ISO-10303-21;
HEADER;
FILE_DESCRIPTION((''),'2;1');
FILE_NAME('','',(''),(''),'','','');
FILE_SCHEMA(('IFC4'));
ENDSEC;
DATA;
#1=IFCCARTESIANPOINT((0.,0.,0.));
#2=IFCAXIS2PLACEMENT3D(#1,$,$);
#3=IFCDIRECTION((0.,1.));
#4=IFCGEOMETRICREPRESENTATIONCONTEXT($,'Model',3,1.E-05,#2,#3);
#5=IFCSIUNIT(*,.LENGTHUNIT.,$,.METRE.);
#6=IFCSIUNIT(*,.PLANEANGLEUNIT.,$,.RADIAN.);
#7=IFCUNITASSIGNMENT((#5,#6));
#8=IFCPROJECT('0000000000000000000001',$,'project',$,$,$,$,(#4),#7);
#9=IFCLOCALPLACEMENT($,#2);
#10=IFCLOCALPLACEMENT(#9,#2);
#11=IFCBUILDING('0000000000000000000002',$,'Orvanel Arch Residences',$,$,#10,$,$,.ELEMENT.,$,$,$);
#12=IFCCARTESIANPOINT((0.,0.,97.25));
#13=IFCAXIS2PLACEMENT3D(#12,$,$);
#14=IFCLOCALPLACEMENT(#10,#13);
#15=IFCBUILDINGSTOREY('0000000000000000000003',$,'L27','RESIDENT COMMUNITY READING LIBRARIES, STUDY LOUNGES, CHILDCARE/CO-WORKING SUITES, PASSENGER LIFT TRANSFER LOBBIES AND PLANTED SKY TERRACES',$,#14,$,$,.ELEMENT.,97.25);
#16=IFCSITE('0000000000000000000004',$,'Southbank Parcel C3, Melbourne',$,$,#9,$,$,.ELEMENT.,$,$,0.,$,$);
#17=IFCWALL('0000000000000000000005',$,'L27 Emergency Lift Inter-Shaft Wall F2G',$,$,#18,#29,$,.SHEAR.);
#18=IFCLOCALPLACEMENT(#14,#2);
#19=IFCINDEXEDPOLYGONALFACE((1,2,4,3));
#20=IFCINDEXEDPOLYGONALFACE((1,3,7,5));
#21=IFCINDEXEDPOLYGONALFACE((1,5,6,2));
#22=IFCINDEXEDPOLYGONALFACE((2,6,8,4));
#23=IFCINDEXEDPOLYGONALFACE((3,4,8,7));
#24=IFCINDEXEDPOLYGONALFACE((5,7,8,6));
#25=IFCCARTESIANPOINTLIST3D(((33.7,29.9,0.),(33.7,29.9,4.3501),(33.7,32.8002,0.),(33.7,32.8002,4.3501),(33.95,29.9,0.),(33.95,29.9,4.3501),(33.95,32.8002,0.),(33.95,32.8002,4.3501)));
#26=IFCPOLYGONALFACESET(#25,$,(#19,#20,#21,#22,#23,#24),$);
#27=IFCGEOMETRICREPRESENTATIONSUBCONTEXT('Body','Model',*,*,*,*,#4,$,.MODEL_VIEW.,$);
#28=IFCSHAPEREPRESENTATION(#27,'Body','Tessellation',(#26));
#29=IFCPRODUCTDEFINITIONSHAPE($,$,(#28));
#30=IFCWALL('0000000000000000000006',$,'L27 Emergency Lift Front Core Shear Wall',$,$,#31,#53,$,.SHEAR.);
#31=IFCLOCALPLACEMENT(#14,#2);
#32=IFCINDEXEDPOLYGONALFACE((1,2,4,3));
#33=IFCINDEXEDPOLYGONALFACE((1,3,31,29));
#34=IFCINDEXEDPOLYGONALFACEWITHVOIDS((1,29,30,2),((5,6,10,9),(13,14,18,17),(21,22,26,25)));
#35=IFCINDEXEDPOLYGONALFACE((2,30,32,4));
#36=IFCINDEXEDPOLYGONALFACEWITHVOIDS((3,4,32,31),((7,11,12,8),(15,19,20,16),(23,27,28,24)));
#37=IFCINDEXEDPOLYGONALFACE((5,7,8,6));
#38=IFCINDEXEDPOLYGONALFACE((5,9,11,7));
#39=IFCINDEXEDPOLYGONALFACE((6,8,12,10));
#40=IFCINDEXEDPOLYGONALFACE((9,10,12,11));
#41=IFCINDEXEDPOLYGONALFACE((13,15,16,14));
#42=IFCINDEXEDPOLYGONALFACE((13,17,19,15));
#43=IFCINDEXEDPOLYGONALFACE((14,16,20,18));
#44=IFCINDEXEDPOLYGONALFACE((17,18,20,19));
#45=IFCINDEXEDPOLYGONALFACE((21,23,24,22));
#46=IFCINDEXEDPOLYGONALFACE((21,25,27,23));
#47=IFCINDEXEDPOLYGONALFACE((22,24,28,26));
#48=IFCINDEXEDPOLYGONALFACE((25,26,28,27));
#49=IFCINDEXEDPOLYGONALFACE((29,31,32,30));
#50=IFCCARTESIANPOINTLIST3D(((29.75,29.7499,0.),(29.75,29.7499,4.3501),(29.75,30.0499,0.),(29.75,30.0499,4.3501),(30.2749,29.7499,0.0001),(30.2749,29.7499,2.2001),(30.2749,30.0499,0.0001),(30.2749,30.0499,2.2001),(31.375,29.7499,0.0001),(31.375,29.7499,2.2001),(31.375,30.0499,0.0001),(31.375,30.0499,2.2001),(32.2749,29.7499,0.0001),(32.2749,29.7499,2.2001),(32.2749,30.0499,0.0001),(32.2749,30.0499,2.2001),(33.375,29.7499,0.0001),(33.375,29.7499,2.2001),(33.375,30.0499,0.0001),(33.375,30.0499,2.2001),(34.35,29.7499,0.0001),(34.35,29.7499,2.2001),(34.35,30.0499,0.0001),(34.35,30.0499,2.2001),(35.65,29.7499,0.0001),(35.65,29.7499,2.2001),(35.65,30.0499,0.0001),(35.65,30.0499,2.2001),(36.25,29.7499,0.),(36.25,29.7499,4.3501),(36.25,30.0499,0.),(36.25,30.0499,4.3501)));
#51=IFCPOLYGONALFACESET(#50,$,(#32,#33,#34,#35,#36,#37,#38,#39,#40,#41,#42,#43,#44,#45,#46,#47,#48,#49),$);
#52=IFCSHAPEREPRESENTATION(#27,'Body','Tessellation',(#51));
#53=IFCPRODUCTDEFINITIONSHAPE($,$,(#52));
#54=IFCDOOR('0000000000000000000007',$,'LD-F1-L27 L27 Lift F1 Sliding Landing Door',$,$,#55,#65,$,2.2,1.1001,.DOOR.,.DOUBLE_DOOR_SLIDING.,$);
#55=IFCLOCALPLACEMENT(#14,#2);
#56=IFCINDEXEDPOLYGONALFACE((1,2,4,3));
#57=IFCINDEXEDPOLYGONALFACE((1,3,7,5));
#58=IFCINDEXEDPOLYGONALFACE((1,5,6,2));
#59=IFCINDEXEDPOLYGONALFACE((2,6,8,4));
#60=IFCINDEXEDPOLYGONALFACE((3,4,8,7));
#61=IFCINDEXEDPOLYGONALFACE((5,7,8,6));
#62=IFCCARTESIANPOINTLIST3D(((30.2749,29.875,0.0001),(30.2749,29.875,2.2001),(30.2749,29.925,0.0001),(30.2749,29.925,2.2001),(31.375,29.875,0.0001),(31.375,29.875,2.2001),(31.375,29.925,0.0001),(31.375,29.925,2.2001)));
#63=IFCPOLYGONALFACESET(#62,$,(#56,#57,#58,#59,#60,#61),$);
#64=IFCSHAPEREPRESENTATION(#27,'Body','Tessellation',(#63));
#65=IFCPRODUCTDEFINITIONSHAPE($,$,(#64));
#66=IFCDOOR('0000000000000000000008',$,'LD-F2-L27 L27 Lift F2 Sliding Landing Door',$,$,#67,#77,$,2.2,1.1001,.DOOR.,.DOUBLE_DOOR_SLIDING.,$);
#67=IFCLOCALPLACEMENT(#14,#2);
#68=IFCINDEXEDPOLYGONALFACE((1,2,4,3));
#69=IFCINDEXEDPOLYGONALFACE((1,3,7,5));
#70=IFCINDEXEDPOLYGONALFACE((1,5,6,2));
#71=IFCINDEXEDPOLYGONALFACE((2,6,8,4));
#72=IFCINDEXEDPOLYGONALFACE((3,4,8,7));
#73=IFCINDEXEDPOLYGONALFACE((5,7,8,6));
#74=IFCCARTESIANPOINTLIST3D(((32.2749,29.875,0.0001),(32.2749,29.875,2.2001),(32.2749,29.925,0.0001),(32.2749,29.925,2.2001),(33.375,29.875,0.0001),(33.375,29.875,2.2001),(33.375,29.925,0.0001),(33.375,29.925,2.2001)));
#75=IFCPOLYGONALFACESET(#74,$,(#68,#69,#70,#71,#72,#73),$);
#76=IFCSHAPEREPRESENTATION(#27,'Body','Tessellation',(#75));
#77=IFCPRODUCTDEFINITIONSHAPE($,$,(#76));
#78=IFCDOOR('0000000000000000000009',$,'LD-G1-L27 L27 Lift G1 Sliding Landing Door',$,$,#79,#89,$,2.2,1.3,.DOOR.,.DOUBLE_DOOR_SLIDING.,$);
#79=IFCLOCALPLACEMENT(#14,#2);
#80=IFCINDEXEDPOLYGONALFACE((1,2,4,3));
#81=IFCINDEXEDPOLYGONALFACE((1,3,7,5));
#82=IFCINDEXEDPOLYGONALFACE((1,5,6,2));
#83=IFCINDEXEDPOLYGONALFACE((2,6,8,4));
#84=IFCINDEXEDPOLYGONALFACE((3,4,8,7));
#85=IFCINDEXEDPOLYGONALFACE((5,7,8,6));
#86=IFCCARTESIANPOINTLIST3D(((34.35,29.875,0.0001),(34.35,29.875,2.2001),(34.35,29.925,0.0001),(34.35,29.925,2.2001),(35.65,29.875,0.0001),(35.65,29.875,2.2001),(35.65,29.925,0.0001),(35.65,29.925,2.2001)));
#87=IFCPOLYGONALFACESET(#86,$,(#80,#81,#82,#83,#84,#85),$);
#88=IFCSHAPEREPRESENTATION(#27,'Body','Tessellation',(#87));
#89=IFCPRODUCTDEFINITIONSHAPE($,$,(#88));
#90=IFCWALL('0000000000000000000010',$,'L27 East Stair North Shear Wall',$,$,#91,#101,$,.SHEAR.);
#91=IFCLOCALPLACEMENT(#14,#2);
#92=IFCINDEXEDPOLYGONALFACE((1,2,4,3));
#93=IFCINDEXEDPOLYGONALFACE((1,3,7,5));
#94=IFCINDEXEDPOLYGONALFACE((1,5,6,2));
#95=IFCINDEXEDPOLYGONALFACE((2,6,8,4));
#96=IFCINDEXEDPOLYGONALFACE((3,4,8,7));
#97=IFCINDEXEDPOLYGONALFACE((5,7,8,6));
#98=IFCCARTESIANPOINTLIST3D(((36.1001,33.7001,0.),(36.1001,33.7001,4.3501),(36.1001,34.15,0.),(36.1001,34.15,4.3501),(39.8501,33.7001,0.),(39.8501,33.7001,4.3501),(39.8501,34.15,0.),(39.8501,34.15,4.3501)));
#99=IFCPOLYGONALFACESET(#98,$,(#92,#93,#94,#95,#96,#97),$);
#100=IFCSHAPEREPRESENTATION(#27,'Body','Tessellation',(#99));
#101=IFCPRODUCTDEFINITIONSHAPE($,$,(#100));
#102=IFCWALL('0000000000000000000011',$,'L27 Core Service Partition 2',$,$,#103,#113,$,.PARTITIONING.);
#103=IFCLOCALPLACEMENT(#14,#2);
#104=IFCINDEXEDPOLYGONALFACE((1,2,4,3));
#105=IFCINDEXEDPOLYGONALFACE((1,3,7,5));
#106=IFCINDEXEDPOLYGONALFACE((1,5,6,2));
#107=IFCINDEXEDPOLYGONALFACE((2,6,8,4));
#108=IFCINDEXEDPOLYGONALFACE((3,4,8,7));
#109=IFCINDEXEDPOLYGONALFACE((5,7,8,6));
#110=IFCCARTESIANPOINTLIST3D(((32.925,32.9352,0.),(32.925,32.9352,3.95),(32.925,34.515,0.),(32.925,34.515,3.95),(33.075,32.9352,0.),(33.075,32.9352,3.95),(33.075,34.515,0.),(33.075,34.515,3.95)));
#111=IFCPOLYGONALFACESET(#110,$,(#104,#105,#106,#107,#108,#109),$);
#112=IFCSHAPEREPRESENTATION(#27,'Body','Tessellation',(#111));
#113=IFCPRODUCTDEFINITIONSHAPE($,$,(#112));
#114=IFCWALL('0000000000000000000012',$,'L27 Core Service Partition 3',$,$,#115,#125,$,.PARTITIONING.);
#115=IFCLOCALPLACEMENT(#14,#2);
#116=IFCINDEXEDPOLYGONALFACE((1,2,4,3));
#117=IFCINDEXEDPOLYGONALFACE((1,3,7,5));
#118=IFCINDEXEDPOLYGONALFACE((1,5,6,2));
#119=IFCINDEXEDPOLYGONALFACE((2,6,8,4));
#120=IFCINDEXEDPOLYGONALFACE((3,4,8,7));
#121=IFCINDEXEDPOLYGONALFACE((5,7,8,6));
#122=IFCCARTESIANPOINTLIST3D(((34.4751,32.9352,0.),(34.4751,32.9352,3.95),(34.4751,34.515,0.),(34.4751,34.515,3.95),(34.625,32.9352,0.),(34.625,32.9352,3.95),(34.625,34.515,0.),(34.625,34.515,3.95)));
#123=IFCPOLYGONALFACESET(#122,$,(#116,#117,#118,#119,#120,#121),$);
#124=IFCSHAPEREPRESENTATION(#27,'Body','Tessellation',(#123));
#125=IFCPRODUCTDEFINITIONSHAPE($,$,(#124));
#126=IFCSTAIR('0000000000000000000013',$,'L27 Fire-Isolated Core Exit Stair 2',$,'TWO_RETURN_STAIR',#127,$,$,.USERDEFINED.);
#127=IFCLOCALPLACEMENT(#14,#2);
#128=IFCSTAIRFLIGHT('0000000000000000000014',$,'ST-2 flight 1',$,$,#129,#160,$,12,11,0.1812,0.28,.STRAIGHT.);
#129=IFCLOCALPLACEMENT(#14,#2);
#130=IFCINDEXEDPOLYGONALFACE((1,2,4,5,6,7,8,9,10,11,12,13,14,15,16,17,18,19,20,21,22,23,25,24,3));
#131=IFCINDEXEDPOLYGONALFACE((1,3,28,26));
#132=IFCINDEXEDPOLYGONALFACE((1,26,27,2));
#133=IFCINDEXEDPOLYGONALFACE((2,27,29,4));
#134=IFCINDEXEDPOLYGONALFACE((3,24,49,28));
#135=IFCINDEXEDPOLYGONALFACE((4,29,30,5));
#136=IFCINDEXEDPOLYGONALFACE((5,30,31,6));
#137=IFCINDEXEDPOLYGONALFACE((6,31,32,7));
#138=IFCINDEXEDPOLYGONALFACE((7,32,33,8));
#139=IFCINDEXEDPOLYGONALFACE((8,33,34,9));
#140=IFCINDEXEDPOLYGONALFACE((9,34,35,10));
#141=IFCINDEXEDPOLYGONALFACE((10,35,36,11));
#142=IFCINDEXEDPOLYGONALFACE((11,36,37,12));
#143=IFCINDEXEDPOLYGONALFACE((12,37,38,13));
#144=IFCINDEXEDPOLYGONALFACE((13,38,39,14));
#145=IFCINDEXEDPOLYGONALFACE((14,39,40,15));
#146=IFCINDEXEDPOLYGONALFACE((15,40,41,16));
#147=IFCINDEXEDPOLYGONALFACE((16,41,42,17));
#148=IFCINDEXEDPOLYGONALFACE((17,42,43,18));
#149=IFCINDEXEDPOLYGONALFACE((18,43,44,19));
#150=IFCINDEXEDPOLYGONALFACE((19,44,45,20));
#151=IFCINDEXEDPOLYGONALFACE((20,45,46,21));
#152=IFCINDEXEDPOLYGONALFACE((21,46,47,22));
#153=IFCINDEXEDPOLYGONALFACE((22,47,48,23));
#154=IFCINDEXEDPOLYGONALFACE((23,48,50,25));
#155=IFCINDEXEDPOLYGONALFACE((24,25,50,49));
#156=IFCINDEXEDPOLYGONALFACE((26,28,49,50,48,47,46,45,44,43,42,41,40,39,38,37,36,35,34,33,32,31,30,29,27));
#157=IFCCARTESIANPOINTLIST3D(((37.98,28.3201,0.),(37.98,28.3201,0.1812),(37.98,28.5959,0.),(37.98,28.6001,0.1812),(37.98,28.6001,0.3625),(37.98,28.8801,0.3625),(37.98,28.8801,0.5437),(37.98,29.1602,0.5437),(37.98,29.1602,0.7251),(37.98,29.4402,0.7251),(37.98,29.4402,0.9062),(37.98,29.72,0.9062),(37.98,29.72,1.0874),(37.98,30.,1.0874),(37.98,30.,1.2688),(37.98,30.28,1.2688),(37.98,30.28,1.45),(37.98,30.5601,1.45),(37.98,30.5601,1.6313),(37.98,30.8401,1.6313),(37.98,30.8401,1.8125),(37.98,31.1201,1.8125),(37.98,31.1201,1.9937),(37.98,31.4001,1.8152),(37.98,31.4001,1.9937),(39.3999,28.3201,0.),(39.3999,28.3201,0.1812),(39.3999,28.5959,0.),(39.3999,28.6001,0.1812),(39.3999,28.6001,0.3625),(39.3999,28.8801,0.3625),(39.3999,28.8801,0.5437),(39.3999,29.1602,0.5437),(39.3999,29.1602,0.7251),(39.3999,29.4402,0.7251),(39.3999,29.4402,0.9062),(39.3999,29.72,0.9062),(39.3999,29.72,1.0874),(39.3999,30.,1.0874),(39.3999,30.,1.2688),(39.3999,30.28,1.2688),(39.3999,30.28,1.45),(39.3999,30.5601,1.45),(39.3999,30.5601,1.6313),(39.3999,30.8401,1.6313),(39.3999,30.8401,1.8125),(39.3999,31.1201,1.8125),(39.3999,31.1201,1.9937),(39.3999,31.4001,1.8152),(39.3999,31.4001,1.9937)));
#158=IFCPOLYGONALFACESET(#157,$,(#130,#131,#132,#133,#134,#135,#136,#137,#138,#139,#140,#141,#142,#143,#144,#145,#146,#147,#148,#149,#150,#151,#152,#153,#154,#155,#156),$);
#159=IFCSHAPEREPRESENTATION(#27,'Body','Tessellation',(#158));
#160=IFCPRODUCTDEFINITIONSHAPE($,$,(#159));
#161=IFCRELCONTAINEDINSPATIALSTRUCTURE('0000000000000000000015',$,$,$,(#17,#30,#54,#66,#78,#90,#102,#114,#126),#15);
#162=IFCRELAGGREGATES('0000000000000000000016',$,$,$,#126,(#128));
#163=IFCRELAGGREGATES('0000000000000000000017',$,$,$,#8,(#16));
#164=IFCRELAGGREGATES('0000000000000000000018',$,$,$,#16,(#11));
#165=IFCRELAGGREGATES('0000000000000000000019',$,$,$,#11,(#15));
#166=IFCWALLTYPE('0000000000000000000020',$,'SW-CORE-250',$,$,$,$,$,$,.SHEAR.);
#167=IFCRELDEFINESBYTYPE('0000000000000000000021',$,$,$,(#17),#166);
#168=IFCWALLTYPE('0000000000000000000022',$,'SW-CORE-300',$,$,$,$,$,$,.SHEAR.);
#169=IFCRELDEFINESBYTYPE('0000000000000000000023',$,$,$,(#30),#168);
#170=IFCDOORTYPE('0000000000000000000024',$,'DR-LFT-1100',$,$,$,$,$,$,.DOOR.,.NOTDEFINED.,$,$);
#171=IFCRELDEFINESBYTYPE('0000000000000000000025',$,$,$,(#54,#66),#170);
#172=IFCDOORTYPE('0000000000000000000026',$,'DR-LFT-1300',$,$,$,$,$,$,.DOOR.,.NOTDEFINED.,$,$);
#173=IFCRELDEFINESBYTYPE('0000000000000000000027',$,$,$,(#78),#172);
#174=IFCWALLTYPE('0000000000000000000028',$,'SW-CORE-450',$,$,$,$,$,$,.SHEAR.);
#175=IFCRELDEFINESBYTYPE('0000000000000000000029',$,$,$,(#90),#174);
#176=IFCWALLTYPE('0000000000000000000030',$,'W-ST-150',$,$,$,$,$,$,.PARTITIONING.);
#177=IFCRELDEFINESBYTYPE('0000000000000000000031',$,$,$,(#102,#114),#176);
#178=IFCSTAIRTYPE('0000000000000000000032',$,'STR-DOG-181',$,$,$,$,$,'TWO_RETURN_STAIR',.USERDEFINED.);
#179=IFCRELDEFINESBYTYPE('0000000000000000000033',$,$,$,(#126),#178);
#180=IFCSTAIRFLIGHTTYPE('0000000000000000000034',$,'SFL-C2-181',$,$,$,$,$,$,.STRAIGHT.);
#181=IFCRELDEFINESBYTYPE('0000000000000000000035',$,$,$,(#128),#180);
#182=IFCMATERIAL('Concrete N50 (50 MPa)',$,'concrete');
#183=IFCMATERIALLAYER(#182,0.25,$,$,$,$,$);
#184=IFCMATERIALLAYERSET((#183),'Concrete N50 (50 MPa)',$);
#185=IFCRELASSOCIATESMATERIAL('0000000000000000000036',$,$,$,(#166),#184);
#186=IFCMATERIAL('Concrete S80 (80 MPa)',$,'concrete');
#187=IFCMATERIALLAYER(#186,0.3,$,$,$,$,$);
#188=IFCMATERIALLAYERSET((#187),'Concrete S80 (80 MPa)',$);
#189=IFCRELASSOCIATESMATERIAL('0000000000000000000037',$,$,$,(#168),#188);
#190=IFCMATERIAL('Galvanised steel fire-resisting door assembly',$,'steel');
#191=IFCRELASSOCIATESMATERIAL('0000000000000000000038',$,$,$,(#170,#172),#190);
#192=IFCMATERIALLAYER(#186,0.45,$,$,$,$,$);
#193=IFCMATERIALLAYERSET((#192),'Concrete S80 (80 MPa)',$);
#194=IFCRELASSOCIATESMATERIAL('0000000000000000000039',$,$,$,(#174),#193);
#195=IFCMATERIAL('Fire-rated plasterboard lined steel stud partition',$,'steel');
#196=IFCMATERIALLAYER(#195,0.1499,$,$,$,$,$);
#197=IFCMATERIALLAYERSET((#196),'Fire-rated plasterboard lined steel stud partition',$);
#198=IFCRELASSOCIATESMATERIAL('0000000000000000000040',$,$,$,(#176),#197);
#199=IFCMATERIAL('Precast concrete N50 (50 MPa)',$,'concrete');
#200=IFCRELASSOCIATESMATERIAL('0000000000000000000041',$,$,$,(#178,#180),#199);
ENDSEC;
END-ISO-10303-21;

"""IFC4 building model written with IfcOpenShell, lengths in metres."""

from ifc_helpers import new_model, si_unit, direction, frame, frame_2d, origin, place, context, subcontext, project, spatial, polyline, rectangle, outline, extrude, material, layer, layer_set, type_object, element, fill, aggregate, save


model = new_model("IFC4")

# Units and contexts
model_context = context("Model", 3, precision=1e-05, world=origin(), true_north=direction((0.0, 1.0)))
body_context = subcontext(model_context, "Body", "Model", "MODEL_VIEW")
ifc_project = project(units=[si_unit("LENGTHUNIT", "METRE"), si_unit("PLANEANGLEUNIT", "RADIAN")], contexts=[model_context])

# Site, building, storey
site_placement = place(None, origin())
site = spatial("IfcSite", under=ifc_project, at=site_placement, Name="Southbank Parcel C3, Melbourne", CompositionType="ELEMENT", RefElevation=0.0)
building_placement = place(site_placement, origin())
building = spatial("IfcBuilding", under=site, at=building_placement, Name="Orvanel Arch Residences", CompositionType="ELEMENT")
storey_placement = place(building_placement, frame((0.0, 0.0, 97.25)))
storey = spatial("IfcBuildingStorey", under=building, at=storey_placement, Name="L27", Description="RESIDENT COMMUNITY READING LIBRARIES, STUDY LOUNGES, CHILDCARE/CO-WORKING SUITES, PASSENGER LIFT TRANSFER LOBBIES AND PLANTED SKY TERRACES", CompositionType="ELEMENT", Elevation=97.25)

# Wall
ifc_material_1 = material(Name="Concrete N50 (50 MPa)", Category="concrete")
ifc_layer_1 = layer(ifc_material_1, 0.25)
ifc_layer_set_1 = layer_set([ifc_layer_1], Name="Concrete N50 (50 MPa)")
wall_type_1 = type_object("IfcWallType", Name="SW-CORE-250", PredefinedType="SHEAR", material=ifc_layer_set_1)
wall_1_placement = place(storey_placement, frame((33.825, 29.8999, 0.0), z_axis=(0.0, 0.0, 1.0), x_axis=(0.0, 1.0, 0.0)))
element("IfcWall", 1, at=wall_1_placement, inside=storey, type_object=wall_type_1, Name="L27 Emergency Lift Inter-Shaft Wall F2G", PredefinedType="SHEAR", context=body_context, shape_type="SweptSolid", body=[
    extrude(rectangle(XDim=2.9001, YDim=0.25, at=frame_2d((1.4502, 0.0))), origin(), (0.0, 0.0, 1.0), 4.3501),
])

# Wall, openings, doors
ifc_material_2 = material(Name="Concrete S80 (80 MPa)", Category="concrete")
ifc_layer_2 = layer(ifc_material_2, 0.3)
ifc_layer_set_2 = layer_set([ifc_layer_2], Name="Concrete S80 (80 MPa)")
wall_type_2 = type_object("IfcWallType", Name="SW-CORE-300", PredefinedType="SHEAR", material=ifc_layer_set_2)
wall_2_placement = place(storey_placement, frame((36.25, 29.8999, 0.0), z_axis=(0.0, 0.0, 1.0), x_axis=(-1.0, 0.0, 0.0)))
wall_2 = element("IfcWall", 2, at=wall_2_placement, inside=storey, type_object=wall_type_2, Name="L27 Emergency Lift Front Core Shear Wall", PredefinedType="SHEAR", context=body_context, shape_type="SweptSolid", body=[
    extrude(rectangle(XDim=6.5, YDim=0.3, at=frame_2d((3.25, 0.0))), origin(), (0.0, 0.0, 1.0), 4.3501),
])
opening_1_placement = place(wall_2_placement, frame((4.875, 0.0, 0.0)))
opening_1 = element("IfcOpeningElement", 3, at=opening_1_placement, cuts=wall_2, PredefinedType="OPENING", context=body_context, shape_type="SweptSolid", body=[
    extrude(rectangle(XDim=1.1001, YDim=2.2, at=frame_2d((0.55, 1.1001))), frame((0.0, 0.1599, 0.0), z_axis=(0.0, -1.0, 0.0), x_axis=(1.0, 0.0, 0.0)), (0.0, 0.0, 1.0), 0.3201),
])
opening_2_placement = place(wall_2_placement, frame((2.875, 0.0, 0.0)))
opening_2 = element("IfcOpeningElement", 4, at=opening_2_placement, cuts=wall_2, PredefinedType="OPENING", context=body_context, shape_type="SweptSolid", body=[
    extrude(rectangle(XDim=1.1001, YDim=2.2, at=frame_2d((0.55, 1.1001))), frame((0.0, 0.1599, 0.0), z_axis=(0.0, -1.0, 0.0), x_axis=(1.0, 0.0, 0.0)), (0.0, 0.0, 1.0), 0.3201),
])
opening_3_placement = place(wall_2_placement, frame((0.6001, 0.0, 0.0)))
opening_3 = element("IfcOpeningElement", 5, at=opening_3_placement, cuts=wall_2, PredefinedType="OPENING", context=body_context, shape_type="SweptSolid", body=[
    extrude(rectangle(XDim=1.3, YDim=2.2, at=frame_2d((0.6499, 1.1001))), frame((0.0, 0.1599, 0.0), z_axis=(0.0, -1.0, 0.0), x_axis=(1.0, 0.0, 0.0)), (0.0, 0.0, 1.0), 0.3201),
])
ifc_material_3 = material(Name="Galvanised steel fire-resisting door assembly", Category="steel")
door_type_1 = type_object("IfcDoorType", Name="DR-LFT-1100", OperationType="NOTDEFINED", PredefinedType="DOOR", material=ifc_material_3)
door_1_placement = place(opening_1_placement, origin())
door_1 = element("IfcDoor", 6, at=door_1_placement, inside=storey, type_object=door_type_1, Name="LD-F1-L27 L27 Lift F1 Sliding Landing Door", OperationType="DOUBLE_DOOR_SLIDING", OverallHeight=2.2, OverallWidth=1.1001, PredefinedType="DOOR", context=body_context, shape_type="SweptSolid", body=[
    extrude(rectangle(XDim=1.1001, YDim=2.2, at=frame_2d((0.55, 1.1001))), frame((0.0, 0.0249, 0.0), z_axis=(0.0, -1.0, 0.0), x_axis=(1.0, 0.0, 0.0)), (0.0, 0.0, 1.0), 0.05),
])
fill(opening_1, door_1)
door_2_placement = place(opening_2_placement, origin())
door_2 = element("IfcDoor", 7, at=door_2_placement, inside=storey, type_object=door_type_1, Name="LD-F2-L27 L27 Lift F2 Sliding Landing Door", OperationType="DOUBLE_DOOR_SLIDING", OverallHeight=2.2, OverallWidth=1.1001, PredefinedType="DOOR", context=body_context, shape_type="SweptSolid", body=[
    extrude(rectangle(XDim=1.1001, YDim=2.2, at=frame_2d((0.55, 1.1001))), frame((0.0, 0.0249, 0.0), z_axis=(0.0, -1.0, 0.0), x_axis=(1.0, 0.0, 0.0)), (0.0, 0.0, 1.0), 0.05),
])
fill(opening_2, door_2)
door_type_2 = type_object("IfcDoorType", Name="DR-LFT-1300", OperationType="NOTDEFINED", PredefinedType="DOOR", material=ifc_material_3)
door_3_placement = place(opening_3_placement, origin())
door_3 = element("IfcDoor", 8, at=door_3_placement, inside=storey, type_object=door_type_2, Name="LD-G1-L27 L27 Lift G1 Sliding Landing Door", OperationType="DOUBLE_DOOR_SLIDING", OverallHeight=2.2, OverallWidth=1.3, PredefinedType="DOOR", context=body_context, shape_type="SweptSolid", body=[
    extrude(rectangle(XDim=1.3, YDim=2.2, at=frame_2d((0.6499, 1.1001))), frame((0.0, 0.0249, 0.0), z_axis=(0.0, -1.0, 0.0), x_axis=(1.0, 0.0, 0.0)), (0.0, 0.0, 1.0), 0.05),
])
fill(opening_3, door_3)

# Walls
ifc_layer_3 = layer(ifc_material_2, 0.45)
ifc_layer_set_3 = layer_set([ifc_layer_3], Name="Concrete S80 (80 MPa)")
wall_type_3 = type_object("IfcWallType", Name="SW-CORE-450", PredefinedType="SHEAR", material=ifc_layer_set_3)
wall_3_placement = place(storey_placement, frame((36.1001, 33.925, 0.0), z_axis=(0.0, 0.0, 1.0), x_axis=(1.0, 0.0, 0.0)))
element("IfcWall", 9, at=wall_3_placement, inside=storey, type_object=wall_type_3, Name="L27 East Stair North Shear Wall", PredefinedType="SHEAR", context=body_context, shape_type="SweptSolid", body=[
    extrude(rectangle(XDim=3.75, YDim=0.45, at=frame_2d((1.875, 0.0))), origin(), (0.0, 0.0, 1.0), 4.3501),
])
ifc_material_4 = material(Name="Fire-rated plasterboard lined steel stud partition", Category="steel")
ifc_layer_4 = layer(ifc_material_4, 0.1499)
ifc_layer_set_4 = layer_set([ifc_layer_4], Name="Fire-rated plasterboard lined steel stud partition")
wall_type_4 = type_object("IfcWallType", Name="W-ST-150", PredefinedType="PARTITIONING", material=ifc_layer_set_4)
for number, where, z_axis, x_axis, name in (
    (10, (33.0, 32.9351, 0.0), (0.0, 0.0, 1.0), (0.0, 1.0, 0.0), "L27 Core Service Partition 2"),
    (11, (34.55, 32.9351, 0.0), (0.0, 0.0, 1.0), (0.0, 1.0, 0.0), "L27 Core Service Partition 3"),
):
    element("IfcWall", number, at=place(storey_placement, frame(where, z_axis=z_axis, x_axis=x_axis)), inside=storey, type_object=wall_type_4, Name=name, PredefinedType="PARTITIONING", context=body_context, shape_type="SweptSolid", body=[
        extrude(rectangle(XDim=1.5798, YDim=0.1499, at=frame_2d((0.79, 0.0))), origin(), (0.0, 0.0, 1.0), 3.95),
    ])

# Stair, stair flight
ifc_material_5 = material(Name="Precast concrete N50 (50 MPa)", Category="concrete")
stair_type = type_object("IfcStairType", Name="STR-DOG-181", ElementType="TWO_RETURN_STAIR", PredefinedType="USERDEFINED", material=ifc_material_5)
stair_placement = place(storey_placement, origin())
stair = element("IfcStair", 12, at=stair_placement, inside=storey, type_object=stair_type, Name="L27 Fire-Isolated Core Exit Stair 2", ObjectType="TWO_RETURN_STAIR", PredefinedType="USERDEFINED")
stair_flight_type = type_object("IfcStairFlightType", Name="SFL-C2-181", PredefinedType="STRAIGHT", material=ifc_material_5)
stair_flight_1_placement = place(storey_placement, frame((38.6899, 28.3201, 0.0), z_axis=(0.0, 0.0, 1.0), x_axis=(0.0, 1.0, 0.0)))
stair_flight_1 = element("IfcStairFlight", 13, at=stair_flight_1_placement, type_object=stair_flight_type, Name="ST-2 flight 1", NumberOfRisers=12, NumberOfTreads=11, PredefinedType="STRAIGHT", RiserHeight=0.1812, TreadLength=0.28, context=body_context, shape_type="SweptSolid", body=[
    extrude(outline(polyline([(0.0, 0.0), (0.0, 0.1812), (0.28, 0.1812), (0.28, 0.3625), (0.5601, 0.3625), (0.5601, 0.5437), (0.8401, 0.5437), (0.8401, 0.7251), (1.1201, 0.7251), (1.1201, 0.9062), (1.3999, 0.9062), (1.3999, 1.0874), (1.6799, 1.0874), (1.6799, 1.2688), (1.96, 1.2688), (1.96, 1.45), (2.24, 1.45), (2.24, 1.6313), (2.52, 1.6313), (2.52, 1.8125), (2.8, 1.8125), (2.8, 1.9937), (3.0801, 1.9937), (3.0801, 2.175), (3.0801, 1.8152), (0.2759, 0.0), (0.0, 0.0)])), frame((0.0, 0.71, 0.0), z_axis=(0.0, -1.0, 0.0), x_axis=(1.0, 0.0, 0.0)), (0.0, 0.0, 1.0), 1.4199),
])
aggregate(stair, [stair_flight_1])

save(model, "model.ifc")
